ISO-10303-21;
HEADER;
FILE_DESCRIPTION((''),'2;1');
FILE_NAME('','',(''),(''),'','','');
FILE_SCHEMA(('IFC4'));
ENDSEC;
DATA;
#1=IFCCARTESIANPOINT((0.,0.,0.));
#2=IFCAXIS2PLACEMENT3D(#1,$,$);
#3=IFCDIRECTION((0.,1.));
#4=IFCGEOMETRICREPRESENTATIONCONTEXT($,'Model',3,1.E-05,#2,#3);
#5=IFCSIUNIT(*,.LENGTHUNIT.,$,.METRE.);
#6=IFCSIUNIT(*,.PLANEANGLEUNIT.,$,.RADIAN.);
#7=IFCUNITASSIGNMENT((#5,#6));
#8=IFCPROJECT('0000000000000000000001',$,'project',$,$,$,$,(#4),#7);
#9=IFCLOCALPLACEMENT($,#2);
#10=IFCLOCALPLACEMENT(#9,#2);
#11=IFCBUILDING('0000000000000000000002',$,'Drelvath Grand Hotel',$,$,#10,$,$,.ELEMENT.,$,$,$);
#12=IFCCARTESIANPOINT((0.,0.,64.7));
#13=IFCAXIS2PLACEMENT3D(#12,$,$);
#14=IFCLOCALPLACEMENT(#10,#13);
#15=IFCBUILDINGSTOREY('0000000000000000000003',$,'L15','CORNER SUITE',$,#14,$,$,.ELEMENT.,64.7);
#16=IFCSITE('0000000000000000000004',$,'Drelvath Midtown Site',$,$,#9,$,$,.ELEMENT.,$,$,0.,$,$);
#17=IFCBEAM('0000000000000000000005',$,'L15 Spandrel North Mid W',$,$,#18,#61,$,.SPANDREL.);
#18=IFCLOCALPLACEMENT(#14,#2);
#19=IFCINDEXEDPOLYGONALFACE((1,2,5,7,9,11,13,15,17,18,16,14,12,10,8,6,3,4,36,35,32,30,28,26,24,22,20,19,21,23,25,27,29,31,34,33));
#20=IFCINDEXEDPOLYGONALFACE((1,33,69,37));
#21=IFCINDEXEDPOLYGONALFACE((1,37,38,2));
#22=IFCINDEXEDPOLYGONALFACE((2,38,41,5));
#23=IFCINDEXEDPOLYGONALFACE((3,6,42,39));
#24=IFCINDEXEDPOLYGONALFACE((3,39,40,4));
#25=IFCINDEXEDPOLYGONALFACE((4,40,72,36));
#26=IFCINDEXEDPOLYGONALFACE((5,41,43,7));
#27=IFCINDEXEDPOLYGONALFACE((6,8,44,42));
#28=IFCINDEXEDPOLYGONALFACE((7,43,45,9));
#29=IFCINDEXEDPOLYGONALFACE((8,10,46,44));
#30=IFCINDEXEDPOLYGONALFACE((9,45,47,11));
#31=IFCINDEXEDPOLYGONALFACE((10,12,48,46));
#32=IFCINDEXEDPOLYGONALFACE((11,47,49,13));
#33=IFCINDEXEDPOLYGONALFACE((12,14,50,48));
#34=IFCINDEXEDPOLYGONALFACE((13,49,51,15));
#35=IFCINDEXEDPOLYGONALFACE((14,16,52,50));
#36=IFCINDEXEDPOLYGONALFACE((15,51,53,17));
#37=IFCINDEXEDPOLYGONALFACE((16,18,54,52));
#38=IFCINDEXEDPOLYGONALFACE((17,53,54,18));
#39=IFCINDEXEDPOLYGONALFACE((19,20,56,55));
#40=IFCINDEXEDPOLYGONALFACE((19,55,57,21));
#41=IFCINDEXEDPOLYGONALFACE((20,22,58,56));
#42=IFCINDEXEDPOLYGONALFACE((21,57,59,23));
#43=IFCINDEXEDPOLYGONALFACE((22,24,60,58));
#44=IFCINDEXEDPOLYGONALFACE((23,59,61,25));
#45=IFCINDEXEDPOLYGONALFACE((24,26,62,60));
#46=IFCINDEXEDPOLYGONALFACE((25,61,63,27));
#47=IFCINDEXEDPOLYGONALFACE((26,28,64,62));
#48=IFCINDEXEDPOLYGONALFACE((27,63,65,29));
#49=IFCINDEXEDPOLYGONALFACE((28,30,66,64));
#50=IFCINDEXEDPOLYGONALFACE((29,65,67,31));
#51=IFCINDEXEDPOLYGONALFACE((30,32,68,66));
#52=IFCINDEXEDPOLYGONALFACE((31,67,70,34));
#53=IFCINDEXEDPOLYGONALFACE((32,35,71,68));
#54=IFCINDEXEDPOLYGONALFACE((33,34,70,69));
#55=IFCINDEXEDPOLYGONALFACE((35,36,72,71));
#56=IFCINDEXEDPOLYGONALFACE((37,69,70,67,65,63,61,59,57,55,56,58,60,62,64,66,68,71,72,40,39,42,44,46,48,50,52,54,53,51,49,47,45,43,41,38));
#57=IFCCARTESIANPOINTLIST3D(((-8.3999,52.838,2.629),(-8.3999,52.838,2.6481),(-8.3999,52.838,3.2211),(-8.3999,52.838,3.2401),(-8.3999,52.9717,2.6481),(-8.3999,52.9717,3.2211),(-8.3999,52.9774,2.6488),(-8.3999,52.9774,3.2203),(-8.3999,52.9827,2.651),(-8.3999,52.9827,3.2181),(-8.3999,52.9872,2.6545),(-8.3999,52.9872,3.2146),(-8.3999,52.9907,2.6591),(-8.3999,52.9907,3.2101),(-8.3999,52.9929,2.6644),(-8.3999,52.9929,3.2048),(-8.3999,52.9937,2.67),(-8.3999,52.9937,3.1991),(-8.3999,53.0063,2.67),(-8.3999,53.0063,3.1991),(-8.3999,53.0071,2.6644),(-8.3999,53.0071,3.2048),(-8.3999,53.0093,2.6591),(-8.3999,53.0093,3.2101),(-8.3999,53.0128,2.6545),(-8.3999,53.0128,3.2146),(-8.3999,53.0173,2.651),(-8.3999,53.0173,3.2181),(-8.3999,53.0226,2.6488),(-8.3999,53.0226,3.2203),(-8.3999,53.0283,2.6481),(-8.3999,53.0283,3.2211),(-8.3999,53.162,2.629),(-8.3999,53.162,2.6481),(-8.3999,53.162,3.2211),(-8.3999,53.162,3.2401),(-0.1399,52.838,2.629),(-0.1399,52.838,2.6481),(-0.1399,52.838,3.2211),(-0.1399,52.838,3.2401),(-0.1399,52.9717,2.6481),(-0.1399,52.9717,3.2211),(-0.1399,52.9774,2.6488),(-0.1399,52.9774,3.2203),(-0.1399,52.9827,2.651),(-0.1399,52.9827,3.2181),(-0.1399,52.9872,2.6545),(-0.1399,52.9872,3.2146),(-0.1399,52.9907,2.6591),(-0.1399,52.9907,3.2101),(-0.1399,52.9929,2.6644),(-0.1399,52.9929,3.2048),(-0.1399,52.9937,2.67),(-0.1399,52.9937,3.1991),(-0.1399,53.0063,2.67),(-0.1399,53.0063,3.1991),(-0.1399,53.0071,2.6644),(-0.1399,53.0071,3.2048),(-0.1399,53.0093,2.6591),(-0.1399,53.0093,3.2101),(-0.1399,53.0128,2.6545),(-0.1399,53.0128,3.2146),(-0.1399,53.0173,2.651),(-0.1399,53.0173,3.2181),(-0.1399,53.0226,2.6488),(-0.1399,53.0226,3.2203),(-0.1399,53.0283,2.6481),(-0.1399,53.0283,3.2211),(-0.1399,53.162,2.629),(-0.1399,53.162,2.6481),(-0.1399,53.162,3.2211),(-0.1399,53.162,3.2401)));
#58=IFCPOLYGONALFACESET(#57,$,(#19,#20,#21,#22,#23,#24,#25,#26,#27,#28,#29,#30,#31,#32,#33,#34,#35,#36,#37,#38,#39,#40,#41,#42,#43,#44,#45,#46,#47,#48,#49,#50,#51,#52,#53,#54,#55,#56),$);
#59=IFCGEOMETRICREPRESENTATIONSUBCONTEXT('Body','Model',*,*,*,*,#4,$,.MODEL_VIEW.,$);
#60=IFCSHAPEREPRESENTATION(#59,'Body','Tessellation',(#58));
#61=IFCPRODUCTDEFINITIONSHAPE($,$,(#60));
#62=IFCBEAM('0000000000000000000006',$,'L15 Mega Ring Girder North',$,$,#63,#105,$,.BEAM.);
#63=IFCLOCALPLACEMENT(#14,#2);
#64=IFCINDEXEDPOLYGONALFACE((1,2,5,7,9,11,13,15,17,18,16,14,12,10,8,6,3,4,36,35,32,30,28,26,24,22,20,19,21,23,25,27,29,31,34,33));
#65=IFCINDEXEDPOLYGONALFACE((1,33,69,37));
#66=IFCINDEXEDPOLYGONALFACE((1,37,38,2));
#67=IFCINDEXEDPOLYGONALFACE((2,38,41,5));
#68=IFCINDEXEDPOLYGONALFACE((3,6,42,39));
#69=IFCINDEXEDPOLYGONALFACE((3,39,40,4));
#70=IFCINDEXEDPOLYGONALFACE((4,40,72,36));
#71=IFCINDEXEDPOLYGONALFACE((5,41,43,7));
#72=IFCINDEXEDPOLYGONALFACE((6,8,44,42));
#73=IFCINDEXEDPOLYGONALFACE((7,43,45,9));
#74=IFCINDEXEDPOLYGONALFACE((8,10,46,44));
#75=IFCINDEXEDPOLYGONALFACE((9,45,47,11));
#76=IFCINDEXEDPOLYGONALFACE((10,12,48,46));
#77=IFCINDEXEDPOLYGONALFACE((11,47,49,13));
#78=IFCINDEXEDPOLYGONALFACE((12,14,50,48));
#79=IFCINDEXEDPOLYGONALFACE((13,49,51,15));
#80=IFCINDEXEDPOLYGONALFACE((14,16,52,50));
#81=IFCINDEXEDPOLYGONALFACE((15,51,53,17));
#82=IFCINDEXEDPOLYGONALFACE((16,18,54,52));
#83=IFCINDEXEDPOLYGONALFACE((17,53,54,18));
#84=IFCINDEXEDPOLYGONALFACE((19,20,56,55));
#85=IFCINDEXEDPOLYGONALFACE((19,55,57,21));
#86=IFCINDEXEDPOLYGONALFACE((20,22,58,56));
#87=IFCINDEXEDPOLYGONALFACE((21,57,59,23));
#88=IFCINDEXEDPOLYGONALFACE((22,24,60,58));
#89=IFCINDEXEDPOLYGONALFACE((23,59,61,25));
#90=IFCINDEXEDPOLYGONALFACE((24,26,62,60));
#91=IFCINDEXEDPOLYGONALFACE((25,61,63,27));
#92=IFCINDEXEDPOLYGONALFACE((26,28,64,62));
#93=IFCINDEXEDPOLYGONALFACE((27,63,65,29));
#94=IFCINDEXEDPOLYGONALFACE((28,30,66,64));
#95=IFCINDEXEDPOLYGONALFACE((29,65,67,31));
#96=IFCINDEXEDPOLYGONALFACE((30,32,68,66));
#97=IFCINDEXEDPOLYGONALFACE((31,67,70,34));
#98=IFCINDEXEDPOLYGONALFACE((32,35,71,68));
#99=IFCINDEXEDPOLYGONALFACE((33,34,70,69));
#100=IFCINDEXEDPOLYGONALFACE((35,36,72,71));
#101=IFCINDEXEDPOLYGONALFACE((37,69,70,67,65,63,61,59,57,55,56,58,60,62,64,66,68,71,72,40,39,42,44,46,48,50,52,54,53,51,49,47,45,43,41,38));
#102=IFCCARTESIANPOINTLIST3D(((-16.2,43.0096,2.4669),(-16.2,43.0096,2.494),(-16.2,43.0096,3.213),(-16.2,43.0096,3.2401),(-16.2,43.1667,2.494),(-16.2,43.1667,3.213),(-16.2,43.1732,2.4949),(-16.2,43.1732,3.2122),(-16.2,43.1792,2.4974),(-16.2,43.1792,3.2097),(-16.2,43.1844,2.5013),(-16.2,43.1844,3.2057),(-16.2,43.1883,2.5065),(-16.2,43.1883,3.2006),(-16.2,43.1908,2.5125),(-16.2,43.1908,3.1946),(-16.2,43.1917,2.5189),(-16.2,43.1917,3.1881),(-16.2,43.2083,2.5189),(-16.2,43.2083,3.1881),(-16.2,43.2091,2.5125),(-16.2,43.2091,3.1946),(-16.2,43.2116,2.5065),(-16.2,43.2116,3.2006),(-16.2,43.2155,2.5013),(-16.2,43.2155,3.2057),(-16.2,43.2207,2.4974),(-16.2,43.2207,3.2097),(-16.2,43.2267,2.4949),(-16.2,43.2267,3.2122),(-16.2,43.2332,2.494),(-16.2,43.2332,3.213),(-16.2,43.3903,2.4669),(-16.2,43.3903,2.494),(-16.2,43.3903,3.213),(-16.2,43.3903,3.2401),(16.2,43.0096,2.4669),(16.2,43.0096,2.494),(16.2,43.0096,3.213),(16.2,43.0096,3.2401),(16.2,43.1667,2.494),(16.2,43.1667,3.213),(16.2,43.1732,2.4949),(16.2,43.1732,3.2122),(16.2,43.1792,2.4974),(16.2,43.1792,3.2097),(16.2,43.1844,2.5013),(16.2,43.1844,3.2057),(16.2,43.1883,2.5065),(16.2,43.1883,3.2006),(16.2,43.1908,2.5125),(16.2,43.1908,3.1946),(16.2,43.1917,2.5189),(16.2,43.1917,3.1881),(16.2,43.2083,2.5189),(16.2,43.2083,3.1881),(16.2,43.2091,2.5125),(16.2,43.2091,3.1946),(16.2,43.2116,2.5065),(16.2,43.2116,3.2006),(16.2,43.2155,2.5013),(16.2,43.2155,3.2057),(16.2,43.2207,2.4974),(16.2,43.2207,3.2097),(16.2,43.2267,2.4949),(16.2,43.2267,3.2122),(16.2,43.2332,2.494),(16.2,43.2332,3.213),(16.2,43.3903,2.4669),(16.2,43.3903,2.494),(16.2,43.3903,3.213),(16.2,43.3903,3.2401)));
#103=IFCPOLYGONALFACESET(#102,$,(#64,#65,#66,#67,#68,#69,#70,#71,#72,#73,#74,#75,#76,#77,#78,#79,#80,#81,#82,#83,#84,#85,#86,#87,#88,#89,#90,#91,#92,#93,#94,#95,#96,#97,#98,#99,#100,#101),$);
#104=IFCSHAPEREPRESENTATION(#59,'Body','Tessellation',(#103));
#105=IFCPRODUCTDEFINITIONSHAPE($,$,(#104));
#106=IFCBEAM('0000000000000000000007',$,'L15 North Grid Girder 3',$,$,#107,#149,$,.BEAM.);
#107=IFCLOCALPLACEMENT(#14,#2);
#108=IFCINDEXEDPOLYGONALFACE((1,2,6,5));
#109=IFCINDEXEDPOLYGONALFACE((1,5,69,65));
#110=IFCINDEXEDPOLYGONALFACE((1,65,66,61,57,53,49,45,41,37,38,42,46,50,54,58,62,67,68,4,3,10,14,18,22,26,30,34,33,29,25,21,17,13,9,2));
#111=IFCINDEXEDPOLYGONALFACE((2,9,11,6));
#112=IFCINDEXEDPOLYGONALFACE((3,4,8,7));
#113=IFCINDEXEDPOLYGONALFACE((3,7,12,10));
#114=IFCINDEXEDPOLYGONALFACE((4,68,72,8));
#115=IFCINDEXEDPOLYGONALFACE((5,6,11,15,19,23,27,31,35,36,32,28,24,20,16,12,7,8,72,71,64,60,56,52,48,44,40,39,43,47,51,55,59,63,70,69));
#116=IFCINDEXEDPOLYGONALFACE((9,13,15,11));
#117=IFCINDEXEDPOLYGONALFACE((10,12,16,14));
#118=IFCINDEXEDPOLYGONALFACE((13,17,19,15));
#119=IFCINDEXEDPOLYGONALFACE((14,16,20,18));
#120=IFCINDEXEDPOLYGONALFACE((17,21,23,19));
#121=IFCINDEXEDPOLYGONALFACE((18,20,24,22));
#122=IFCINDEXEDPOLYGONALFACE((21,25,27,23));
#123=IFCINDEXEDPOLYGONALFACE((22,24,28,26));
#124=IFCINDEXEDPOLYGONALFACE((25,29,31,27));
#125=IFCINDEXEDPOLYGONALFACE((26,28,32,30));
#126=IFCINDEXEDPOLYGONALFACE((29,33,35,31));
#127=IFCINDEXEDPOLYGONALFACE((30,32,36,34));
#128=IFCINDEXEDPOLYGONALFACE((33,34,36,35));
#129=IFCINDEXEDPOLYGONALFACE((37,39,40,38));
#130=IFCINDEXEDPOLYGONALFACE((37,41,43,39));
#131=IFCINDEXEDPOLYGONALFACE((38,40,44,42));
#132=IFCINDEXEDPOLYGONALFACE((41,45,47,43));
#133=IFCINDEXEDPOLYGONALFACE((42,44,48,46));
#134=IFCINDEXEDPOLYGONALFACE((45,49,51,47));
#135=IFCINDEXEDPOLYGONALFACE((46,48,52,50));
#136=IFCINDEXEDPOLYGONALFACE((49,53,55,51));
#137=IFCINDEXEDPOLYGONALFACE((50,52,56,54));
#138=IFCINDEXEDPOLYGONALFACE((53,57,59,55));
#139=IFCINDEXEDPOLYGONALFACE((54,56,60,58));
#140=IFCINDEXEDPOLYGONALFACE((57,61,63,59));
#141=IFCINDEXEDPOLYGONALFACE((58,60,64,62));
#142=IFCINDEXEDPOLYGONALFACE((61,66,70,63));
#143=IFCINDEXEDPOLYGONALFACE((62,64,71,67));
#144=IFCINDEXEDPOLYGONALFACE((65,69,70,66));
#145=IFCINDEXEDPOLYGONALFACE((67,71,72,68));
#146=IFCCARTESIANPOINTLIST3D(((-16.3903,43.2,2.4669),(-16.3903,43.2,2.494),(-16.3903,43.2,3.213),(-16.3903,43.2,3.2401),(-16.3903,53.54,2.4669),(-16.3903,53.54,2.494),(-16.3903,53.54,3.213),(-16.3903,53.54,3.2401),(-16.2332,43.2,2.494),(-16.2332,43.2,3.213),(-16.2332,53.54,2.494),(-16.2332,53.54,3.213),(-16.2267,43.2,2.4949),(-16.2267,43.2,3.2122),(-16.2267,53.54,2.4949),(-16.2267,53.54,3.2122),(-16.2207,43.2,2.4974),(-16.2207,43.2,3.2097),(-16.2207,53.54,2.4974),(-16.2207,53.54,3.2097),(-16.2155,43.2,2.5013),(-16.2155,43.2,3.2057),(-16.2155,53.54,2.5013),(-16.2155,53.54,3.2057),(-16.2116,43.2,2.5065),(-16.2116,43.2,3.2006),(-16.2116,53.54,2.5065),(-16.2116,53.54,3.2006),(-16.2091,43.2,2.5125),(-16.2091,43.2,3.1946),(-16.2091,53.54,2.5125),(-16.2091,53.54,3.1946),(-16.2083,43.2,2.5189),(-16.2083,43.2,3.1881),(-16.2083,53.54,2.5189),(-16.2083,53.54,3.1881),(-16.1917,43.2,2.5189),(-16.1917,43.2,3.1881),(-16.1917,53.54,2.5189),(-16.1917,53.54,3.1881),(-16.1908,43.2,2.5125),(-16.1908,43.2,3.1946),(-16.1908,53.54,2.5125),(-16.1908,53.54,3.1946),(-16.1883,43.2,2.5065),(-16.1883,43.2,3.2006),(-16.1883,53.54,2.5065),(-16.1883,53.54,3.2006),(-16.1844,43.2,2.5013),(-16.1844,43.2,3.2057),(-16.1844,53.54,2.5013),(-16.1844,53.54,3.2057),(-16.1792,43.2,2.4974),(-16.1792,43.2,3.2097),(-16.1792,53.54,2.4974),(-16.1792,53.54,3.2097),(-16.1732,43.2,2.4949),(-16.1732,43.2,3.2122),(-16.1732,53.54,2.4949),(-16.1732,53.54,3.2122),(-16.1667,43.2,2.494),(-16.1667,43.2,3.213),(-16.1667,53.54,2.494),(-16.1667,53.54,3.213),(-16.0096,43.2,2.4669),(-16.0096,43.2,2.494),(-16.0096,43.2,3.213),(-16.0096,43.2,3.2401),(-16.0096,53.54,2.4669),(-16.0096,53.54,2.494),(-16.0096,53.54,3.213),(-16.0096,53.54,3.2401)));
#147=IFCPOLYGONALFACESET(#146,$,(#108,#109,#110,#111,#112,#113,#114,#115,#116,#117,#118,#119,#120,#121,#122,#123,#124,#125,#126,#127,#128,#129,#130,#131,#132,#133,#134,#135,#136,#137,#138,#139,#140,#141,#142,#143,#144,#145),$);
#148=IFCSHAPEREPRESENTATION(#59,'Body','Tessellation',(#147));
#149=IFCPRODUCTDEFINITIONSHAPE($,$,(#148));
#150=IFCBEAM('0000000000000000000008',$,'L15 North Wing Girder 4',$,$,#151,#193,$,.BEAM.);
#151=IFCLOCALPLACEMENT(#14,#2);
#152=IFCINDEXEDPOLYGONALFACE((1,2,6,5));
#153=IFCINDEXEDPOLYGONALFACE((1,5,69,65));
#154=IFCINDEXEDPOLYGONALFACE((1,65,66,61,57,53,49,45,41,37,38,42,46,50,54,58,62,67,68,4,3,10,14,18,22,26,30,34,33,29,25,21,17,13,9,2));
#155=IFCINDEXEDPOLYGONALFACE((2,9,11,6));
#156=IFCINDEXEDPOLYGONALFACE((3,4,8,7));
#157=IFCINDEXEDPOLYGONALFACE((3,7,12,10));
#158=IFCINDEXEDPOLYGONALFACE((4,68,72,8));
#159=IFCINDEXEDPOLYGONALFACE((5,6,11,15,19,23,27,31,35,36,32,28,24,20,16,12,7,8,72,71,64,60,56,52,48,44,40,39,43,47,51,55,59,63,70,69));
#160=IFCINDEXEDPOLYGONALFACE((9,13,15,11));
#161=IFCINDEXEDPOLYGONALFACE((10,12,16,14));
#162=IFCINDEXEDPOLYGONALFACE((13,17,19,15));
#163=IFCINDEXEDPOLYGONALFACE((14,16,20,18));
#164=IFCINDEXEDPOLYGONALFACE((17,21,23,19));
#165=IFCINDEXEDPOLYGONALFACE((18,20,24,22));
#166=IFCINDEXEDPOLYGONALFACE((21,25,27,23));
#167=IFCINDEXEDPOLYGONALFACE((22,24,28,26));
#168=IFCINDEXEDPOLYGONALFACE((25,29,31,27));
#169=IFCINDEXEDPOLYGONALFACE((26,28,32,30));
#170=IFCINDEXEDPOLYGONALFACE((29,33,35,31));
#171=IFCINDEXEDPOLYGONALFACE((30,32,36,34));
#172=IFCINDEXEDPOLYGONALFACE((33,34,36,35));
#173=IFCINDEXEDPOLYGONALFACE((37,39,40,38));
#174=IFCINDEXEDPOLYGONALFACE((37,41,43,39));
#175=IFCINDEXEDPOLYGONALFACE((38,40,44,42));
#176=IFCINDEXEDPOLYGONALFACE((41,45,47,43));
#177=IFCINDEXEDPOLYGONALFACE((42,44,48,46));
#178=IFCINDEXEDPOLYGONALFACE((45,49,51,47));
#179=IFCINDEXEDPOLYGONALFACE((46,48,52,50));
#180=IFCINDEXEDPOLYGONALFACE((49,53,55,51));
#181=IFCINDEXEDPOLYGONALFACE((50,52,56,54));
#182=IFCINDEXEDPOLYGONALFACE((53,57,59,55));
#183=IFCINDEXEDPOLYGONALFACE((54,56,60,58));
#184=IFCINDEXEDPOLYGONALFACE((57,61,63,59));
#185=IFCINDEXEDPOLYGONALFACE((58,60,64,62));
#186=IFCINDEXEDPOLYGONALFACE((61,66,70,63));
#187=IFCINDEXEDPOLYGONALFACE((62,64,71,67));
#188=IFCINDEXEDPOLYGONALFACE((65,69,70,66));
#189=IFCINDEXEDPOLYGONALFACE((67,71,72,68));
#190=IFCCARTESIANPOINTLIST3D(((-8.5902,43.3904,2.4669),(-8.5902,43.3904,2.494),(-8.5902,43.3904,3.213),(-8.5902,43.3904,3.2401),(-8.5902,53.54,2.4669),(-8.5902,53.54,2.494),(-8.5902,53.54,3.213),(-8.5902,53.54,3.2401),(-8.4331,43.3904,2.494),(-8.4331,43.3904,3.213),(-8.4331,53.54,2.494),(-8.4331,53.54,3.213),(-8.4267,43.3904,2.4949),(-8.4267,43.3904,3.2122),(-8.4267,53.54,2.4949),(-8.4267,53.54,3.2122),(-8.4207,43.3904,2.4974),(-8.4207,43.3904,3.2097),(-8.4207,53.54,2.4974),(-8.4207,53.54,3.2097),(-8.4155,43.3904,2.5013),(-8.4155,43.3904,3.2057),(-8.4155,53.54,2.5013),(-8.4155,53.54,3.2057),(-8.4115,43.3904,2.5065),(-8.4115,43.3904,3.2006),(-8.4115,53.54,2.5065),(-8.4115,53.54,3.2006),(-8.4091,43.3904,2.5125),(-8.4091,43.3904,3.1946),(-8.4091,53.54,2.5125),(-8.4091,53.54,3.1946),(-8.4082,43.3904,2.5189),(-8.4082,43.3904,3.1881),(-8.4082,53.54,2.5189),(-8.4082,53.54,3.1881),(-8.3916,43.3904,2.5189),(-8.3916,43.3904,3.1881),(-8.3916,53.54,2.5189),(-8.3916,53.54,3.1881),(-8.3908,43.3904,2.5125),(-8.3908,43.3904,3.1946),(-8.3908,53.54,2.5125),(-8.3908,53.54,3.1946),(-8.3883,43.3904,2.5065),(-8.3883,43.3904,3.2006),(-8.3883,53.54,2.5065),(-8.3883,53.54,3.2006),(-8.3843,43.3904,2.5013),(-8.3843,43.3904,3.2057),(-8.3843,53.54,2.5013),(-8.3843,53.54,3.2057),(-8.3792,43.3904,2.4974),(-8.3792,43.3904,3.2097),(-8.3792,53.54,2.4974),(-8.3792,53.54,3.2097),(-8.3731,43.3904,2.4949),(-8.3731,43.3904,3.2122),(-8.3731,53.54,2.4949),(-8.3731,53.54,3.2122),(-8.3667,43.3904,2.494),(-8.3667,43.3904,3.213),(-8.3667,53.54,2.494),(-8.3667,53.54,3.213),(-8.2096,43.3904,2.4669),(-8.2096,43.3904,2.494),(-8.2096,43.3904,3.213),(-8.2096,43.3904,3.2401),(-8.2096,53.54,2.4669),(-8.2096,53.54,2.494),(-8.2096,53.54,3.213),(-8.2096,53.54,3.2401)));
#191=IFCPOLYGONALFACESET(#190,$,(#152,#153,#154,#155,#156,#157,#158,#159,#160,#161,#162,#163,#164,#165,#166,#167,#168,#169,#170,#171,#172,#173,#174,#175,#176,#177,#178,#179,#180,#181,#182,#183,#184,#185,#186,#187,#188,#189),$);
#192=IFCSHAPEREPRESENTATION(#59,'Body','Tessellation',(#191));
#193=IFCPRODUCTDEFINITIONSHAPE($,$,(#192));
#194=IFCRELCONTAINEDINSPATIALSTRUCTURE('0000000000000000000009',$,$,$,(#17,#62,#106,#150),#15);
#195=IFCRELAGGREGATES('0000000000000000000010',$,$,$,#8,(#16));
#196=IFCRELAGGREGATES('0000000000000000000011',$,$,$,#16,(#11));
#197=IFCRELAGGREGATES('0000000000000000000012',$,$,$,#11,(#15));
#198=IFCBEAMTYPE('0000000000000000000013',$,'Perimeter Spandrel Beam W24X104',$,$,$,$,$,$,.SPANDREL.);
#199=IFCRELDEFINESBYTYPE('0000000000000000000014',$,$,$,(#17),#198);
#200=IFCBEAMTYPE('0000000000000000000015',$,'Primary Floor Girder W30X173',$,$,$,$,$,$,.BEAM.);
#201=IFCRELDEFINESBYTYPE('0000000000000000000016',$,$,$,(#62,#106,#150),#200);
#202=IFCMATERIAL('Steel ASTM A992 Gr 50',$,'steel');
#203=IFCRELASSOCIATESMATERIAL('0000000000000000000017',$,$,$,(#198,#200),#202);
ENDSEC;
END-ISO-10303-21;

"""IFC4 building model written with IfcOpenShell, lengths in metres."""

from ifc_helpers import new_model, si_unit, direction, frame, origin, origin_2d, place, context, subcontext, project, spatial, i_section, extrude, material, material_profile, profile_set, type_object, element, save


model = new_model("IFC4")

# Units and contexts
model_context = context("Model", 3, precision=1e-05, world=origin(), true_north=direction((0.0, 1.0)))
body_context = subcontext(model_context, "Body", "Model", "MODEL_VIEW")
ifc_project = project(units=[si_unit("LENGTHUNIT", "METRE"), si_unit("PLANEANGLEUNIT", "RADIAN")], contexts=[model_context])

# Site, building, storey
site_placement = place(None, origin())
site = spatial("IfcSite", under=ifc_project, at=site_placement, Name="Drelvath Midtown Site", CompositionType="ELEMENT", RefElevation=0.0)
building_placement = place(site_placement, origin())
building = spatial("IfcBuilding", under=site, at=building_placement, Name="Drelvath Grand Hotel", CompositionType="ELEMENT")
storey_placement = place(building_placement, frame((0.0, 0.0, 64.7)))
storey = spatial("IfcBuildingStorey", under=building, at=storey_placement, Name="L15", Description="CORNER SUITE", CompositionType="ELEMENT", Elevation=64.7)

# Beams
ifc_material_1 = material(Name="Steel ASTM A992 Gr 50", Category="steel")
ifc_material_profile_1 = material_profile(ifc_material_1, i_section(OverallWidth=0.324, OverallDepth=0.6111, WebThickness=0.0127, FlangeThickness=0.019, FilletRadius=0.022, at=origin_2d()), Name="W24X104")
ifc_profile_set_1 = profile_set([ifc_material_profile_1], Name="Steel ASTM A992 Gr 50")
beam_type_1 = type_object("IfcBeamType", Name="Perimeter Spandrel Beam W24X104", PredefinedType="SPANDREL", material=ifc_profile_set_1)
beam_1_placement = place(storey_placement, frame((-8.3999, 53.0, 2.9346), z_axis=(1.0, 0.0, 0.0), x_axis=(0.0, 1.0, 0.0)))
element("IfcBeam", 1, at=beam_1_placement, inside=storey, type_object=beam_type_1, Name="L15 Spandrel North Mid W", PredefinedType="SPANDREL", context=body_context, shape_type="SweptSolid", body=[
    extrude(i_section(OverallWidth=0.324, OverallDepth=0.6111, WebThickness=0.0127, FlangeThickness=0.019, FilletRadius=0.022, at=origin_2d()), origin(), (0.0, 0.0, 1.0), 8.26),
])
ifc_material_profile_2 = material_profile(ifc_material_1, i_section(OverallWidth=0.3806, OverallDepth=0.7732, WebThickness=0.0166, FlangeThickness=0.0271, FilletRadius=0.0249, at=origin_2d()), Name="W30X173")
ifc_profile_set_2 = profile_set([ifc_material_profile_2], Name="Steel ASTM A992 Gr 50")
beam_type_2 = type_object("IfcBeamType", Name="Primary Floor Girder W30X173", PredefinedType="BEAM", material=ifc_profile_set_2)
beam_2_placement = place(storey_placement, frame((-16.2, 43.2, 2.8535), z_axis=(1.0, 0.0, 0.0), x_axis=(0.0, 1.0, 0.0)))
element("IfcBeam", 2, at=beam_2_placement, inside=storey, type_object=beam_type_2, Name="L15 Mega Ring Girder North", PredefinedType="BEAM", context=body_context, shape_type="SweptSolid", body=[
    extrude(i_section(OverallWidth=0.3806, OverallDepth=0.7732, WebThickness=0.0166, FlangeThickness=0.0271, FilletRadius=0.0249, at=origin_2d()), origin(), (0.0, 0.0, 1.0), 32.3999),
])
beam_3_placement = place(storey_placement, frame((-16.2, 43.2, 2.8535), z_axis=(0.0, 1.0, 0.0), x_axis=(-1.0, 0.0, 0.0)))
element("IfcBeam", 3, at=beam_3_placement, inside=storey, type_object=beam_type_2, Name="L15 North Grid Girder 3", PredefinedType="BEAM", context=body_context, shape_type="SweptSolid", body=[
    extrude(i_section(OverallWidth=0.3806, OverallDepth=0.7732, WebThickness=0.0166, FlangeThickness=0.0271, FilletRadius=0.0249, at=origin_2d()), origin(), (0.0, 0.0, 1.0), 10.3401),
])
beam_4_placement = place(storey_placement, frame((-8.3999, 43.3904, 2.8535), z_axis=(0.0, 1.0, 0.0), x_axis=(-1.0, 0.0, 0.0)))
element("IfcBeam", 4, at=beam_4_placement, inside=storey, type_object=beam_type_2, Name="L15 North Wing Girder 4", PredefinedType="BEAM", context=body_context, shape_type="SweptSolid", body=[
    extrude(i_section(OverallWidth=0.3806, OverallDepth=0.7732, WebThickness=0.0166, FlangeThickness=0.0271, FilletRadius=0.0249, at=origin_2d()), origin(), (0.0, 0.0, 1.0), 10.1497),
])

save(model, "model.ifc")
